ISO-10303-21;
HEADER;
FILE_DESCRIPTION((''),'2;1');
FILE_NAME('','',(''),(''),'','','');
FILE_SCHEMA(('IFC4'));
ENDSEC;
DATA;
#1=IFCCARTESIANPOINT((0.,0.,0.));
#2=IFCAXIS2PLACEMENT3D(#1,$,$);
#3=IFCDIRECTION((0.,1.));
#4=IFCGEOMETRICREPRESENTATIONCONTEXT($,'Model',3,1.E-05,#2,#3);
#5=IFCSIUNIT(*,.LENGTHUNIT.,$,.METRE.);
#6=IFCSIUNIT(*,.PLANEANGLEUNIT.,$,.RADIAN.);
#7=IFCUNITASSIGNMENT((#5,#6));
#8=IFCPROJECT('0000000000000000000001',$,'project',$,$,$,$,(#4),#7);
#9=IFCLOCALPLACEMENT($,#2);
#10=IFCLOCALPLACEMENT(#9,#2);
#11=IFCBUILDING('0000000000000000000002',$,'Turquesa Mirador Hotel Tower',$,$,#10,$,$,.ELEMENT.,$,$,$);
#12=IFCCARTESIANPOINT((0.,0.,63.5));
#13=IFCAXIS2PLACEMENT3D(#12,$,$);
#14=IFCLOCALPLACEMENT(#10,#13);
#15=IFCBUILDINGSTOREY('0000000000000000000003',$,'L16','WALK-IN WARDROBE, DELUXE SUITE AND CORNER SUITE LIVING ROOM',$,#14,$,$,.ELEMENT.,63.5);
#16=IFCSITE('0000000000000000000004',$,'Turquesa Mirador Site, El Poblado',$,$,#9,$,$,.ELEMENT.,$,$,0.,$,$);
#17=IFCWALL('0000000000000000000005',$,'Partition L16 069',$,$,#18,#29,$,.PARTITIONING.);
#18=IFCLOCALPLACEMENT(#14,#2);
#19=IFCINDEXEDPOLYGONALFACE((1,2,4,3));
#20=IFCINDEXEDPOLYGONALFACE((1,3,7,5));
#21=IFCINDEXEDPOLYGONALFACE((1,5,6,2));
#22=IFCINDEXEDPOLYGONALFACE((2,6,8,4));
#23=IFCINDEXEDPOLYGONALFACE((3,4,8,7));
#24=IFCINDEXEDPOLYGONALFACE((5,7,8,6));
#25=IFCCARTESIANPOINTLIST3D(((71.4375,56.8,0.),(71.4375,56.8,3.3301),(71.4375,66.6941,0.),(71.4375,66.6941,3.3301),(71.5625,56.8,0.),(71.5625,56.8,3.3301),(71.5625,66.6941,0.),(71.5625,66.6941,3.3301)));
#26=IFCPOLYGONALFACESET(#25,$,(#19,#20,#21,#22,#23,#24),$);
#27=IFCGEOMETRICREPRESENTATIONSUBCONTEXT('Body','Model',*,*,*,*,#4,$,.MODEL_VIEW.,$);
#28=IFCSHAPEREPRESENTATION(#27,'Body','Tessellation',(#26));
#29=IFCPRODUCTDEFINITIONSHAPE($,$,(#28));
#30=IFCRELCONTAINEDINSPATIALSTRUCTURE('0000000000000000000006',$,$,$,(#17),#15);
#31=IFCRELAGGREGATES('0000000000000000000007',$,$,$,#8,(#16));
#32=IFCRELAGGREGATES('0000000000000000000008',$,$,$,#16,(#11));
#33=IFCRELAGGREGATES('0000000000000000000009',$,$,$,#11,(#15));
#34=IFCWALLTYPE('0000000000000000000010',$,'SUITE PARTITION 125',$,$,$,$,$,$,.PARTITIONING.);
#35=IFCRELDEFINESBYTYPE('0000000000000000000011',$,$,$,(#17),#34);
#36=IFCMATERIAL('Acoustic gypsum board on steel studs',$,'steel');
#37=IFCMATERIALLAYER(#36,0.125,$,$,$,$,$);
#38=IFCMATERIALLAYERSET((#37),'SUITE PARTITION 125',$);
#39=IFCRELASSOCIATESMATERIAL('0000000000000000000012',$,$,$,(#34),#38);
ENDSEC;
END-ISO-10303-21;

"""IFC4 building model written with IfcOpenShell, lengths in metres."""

from ifc_helpers import new_model, si_unit, direction, frame, frame_2d, origin, place, context, subcontext, project, spatial, rectangle, extrude, material, layer, layer_set, type_object, element, save


model = new_model("IFC4")

# Units and contexts
model_context = context("Model", 3, precision=1e-05, world=origin(), true_north=direction((0.0, 1.0)))
body_context = subcontext(model_context, "Body", "Model", "MODEL_VIEW")
ifc_project = project(units=[si_unit("LENGTHUNIT", "METRE"), si_unit("PLANEANGLEUNIT", "RADIAN")], contexts=[model_context])

# Site, building, storey
site_placement = place(None, origin())
site = spatial("IfcSite", under=ifc_project, at=site_placement, Name="Turquesa Mirador Site, El Poblado", CompositionType="ELEMENT", RefElevation=0.0)
building_placement = place(site_placement, origin())
building = spatial("IfcBuilding", under=site, at=building_placement, Name="Turquesa Mirador Hotel Tower", CompositionType="ELEMENT")
storey_placement = place(building_placement, frame((0.0, 0.0, 63.5)))
storey = spatial("IfcBuildingStorey", under=building, at=storey_placement, Name="L16", Description="WALK-IN WARDROBE, DELUXE SUITE AND CORNER SUITE LIVING ROOM", CompositionType="ELEMENT", Elevation=63.5)

# Shared definitions
ifc_material_1 = material(Name="Acoustic gypsum board on steel studs", Category="steel")
ifc_layer_1 = layer(ifc_material_1, 0.125)
ifc_layer_set_1 = layer_set([ifc_layer_1], Name="SUITE PARTITION 125")
wall_type_1 = type_object("IfcWallType", Name="SUITE PARTITION 125", PredefinedType="PARTITIONING", material=ifc_layer_set_1)

# Wall
wall_1_placement = place(storey_placement, frame((71.5, 56.8, 0.0), z_axis=(0.0, 0.0, 1.0), x_axis=(0.0, 1.0, 0.0)))
element("IfcWall", 1, at=wall_1_placement, inside=storey, type_object=wall_type_1, Name="Partition L16 069", PredefinedType="PARTITIONING", context=body_context, shape_type="SweptSolid", body=[
    extrude(rectangle(XDim=9.894, YDim=0.125, at=frame_2d((4.947, 0.0))), origin(), (0.0, 0.0, 1.0), 3.3301),
])

save(model, "model.ifc")
